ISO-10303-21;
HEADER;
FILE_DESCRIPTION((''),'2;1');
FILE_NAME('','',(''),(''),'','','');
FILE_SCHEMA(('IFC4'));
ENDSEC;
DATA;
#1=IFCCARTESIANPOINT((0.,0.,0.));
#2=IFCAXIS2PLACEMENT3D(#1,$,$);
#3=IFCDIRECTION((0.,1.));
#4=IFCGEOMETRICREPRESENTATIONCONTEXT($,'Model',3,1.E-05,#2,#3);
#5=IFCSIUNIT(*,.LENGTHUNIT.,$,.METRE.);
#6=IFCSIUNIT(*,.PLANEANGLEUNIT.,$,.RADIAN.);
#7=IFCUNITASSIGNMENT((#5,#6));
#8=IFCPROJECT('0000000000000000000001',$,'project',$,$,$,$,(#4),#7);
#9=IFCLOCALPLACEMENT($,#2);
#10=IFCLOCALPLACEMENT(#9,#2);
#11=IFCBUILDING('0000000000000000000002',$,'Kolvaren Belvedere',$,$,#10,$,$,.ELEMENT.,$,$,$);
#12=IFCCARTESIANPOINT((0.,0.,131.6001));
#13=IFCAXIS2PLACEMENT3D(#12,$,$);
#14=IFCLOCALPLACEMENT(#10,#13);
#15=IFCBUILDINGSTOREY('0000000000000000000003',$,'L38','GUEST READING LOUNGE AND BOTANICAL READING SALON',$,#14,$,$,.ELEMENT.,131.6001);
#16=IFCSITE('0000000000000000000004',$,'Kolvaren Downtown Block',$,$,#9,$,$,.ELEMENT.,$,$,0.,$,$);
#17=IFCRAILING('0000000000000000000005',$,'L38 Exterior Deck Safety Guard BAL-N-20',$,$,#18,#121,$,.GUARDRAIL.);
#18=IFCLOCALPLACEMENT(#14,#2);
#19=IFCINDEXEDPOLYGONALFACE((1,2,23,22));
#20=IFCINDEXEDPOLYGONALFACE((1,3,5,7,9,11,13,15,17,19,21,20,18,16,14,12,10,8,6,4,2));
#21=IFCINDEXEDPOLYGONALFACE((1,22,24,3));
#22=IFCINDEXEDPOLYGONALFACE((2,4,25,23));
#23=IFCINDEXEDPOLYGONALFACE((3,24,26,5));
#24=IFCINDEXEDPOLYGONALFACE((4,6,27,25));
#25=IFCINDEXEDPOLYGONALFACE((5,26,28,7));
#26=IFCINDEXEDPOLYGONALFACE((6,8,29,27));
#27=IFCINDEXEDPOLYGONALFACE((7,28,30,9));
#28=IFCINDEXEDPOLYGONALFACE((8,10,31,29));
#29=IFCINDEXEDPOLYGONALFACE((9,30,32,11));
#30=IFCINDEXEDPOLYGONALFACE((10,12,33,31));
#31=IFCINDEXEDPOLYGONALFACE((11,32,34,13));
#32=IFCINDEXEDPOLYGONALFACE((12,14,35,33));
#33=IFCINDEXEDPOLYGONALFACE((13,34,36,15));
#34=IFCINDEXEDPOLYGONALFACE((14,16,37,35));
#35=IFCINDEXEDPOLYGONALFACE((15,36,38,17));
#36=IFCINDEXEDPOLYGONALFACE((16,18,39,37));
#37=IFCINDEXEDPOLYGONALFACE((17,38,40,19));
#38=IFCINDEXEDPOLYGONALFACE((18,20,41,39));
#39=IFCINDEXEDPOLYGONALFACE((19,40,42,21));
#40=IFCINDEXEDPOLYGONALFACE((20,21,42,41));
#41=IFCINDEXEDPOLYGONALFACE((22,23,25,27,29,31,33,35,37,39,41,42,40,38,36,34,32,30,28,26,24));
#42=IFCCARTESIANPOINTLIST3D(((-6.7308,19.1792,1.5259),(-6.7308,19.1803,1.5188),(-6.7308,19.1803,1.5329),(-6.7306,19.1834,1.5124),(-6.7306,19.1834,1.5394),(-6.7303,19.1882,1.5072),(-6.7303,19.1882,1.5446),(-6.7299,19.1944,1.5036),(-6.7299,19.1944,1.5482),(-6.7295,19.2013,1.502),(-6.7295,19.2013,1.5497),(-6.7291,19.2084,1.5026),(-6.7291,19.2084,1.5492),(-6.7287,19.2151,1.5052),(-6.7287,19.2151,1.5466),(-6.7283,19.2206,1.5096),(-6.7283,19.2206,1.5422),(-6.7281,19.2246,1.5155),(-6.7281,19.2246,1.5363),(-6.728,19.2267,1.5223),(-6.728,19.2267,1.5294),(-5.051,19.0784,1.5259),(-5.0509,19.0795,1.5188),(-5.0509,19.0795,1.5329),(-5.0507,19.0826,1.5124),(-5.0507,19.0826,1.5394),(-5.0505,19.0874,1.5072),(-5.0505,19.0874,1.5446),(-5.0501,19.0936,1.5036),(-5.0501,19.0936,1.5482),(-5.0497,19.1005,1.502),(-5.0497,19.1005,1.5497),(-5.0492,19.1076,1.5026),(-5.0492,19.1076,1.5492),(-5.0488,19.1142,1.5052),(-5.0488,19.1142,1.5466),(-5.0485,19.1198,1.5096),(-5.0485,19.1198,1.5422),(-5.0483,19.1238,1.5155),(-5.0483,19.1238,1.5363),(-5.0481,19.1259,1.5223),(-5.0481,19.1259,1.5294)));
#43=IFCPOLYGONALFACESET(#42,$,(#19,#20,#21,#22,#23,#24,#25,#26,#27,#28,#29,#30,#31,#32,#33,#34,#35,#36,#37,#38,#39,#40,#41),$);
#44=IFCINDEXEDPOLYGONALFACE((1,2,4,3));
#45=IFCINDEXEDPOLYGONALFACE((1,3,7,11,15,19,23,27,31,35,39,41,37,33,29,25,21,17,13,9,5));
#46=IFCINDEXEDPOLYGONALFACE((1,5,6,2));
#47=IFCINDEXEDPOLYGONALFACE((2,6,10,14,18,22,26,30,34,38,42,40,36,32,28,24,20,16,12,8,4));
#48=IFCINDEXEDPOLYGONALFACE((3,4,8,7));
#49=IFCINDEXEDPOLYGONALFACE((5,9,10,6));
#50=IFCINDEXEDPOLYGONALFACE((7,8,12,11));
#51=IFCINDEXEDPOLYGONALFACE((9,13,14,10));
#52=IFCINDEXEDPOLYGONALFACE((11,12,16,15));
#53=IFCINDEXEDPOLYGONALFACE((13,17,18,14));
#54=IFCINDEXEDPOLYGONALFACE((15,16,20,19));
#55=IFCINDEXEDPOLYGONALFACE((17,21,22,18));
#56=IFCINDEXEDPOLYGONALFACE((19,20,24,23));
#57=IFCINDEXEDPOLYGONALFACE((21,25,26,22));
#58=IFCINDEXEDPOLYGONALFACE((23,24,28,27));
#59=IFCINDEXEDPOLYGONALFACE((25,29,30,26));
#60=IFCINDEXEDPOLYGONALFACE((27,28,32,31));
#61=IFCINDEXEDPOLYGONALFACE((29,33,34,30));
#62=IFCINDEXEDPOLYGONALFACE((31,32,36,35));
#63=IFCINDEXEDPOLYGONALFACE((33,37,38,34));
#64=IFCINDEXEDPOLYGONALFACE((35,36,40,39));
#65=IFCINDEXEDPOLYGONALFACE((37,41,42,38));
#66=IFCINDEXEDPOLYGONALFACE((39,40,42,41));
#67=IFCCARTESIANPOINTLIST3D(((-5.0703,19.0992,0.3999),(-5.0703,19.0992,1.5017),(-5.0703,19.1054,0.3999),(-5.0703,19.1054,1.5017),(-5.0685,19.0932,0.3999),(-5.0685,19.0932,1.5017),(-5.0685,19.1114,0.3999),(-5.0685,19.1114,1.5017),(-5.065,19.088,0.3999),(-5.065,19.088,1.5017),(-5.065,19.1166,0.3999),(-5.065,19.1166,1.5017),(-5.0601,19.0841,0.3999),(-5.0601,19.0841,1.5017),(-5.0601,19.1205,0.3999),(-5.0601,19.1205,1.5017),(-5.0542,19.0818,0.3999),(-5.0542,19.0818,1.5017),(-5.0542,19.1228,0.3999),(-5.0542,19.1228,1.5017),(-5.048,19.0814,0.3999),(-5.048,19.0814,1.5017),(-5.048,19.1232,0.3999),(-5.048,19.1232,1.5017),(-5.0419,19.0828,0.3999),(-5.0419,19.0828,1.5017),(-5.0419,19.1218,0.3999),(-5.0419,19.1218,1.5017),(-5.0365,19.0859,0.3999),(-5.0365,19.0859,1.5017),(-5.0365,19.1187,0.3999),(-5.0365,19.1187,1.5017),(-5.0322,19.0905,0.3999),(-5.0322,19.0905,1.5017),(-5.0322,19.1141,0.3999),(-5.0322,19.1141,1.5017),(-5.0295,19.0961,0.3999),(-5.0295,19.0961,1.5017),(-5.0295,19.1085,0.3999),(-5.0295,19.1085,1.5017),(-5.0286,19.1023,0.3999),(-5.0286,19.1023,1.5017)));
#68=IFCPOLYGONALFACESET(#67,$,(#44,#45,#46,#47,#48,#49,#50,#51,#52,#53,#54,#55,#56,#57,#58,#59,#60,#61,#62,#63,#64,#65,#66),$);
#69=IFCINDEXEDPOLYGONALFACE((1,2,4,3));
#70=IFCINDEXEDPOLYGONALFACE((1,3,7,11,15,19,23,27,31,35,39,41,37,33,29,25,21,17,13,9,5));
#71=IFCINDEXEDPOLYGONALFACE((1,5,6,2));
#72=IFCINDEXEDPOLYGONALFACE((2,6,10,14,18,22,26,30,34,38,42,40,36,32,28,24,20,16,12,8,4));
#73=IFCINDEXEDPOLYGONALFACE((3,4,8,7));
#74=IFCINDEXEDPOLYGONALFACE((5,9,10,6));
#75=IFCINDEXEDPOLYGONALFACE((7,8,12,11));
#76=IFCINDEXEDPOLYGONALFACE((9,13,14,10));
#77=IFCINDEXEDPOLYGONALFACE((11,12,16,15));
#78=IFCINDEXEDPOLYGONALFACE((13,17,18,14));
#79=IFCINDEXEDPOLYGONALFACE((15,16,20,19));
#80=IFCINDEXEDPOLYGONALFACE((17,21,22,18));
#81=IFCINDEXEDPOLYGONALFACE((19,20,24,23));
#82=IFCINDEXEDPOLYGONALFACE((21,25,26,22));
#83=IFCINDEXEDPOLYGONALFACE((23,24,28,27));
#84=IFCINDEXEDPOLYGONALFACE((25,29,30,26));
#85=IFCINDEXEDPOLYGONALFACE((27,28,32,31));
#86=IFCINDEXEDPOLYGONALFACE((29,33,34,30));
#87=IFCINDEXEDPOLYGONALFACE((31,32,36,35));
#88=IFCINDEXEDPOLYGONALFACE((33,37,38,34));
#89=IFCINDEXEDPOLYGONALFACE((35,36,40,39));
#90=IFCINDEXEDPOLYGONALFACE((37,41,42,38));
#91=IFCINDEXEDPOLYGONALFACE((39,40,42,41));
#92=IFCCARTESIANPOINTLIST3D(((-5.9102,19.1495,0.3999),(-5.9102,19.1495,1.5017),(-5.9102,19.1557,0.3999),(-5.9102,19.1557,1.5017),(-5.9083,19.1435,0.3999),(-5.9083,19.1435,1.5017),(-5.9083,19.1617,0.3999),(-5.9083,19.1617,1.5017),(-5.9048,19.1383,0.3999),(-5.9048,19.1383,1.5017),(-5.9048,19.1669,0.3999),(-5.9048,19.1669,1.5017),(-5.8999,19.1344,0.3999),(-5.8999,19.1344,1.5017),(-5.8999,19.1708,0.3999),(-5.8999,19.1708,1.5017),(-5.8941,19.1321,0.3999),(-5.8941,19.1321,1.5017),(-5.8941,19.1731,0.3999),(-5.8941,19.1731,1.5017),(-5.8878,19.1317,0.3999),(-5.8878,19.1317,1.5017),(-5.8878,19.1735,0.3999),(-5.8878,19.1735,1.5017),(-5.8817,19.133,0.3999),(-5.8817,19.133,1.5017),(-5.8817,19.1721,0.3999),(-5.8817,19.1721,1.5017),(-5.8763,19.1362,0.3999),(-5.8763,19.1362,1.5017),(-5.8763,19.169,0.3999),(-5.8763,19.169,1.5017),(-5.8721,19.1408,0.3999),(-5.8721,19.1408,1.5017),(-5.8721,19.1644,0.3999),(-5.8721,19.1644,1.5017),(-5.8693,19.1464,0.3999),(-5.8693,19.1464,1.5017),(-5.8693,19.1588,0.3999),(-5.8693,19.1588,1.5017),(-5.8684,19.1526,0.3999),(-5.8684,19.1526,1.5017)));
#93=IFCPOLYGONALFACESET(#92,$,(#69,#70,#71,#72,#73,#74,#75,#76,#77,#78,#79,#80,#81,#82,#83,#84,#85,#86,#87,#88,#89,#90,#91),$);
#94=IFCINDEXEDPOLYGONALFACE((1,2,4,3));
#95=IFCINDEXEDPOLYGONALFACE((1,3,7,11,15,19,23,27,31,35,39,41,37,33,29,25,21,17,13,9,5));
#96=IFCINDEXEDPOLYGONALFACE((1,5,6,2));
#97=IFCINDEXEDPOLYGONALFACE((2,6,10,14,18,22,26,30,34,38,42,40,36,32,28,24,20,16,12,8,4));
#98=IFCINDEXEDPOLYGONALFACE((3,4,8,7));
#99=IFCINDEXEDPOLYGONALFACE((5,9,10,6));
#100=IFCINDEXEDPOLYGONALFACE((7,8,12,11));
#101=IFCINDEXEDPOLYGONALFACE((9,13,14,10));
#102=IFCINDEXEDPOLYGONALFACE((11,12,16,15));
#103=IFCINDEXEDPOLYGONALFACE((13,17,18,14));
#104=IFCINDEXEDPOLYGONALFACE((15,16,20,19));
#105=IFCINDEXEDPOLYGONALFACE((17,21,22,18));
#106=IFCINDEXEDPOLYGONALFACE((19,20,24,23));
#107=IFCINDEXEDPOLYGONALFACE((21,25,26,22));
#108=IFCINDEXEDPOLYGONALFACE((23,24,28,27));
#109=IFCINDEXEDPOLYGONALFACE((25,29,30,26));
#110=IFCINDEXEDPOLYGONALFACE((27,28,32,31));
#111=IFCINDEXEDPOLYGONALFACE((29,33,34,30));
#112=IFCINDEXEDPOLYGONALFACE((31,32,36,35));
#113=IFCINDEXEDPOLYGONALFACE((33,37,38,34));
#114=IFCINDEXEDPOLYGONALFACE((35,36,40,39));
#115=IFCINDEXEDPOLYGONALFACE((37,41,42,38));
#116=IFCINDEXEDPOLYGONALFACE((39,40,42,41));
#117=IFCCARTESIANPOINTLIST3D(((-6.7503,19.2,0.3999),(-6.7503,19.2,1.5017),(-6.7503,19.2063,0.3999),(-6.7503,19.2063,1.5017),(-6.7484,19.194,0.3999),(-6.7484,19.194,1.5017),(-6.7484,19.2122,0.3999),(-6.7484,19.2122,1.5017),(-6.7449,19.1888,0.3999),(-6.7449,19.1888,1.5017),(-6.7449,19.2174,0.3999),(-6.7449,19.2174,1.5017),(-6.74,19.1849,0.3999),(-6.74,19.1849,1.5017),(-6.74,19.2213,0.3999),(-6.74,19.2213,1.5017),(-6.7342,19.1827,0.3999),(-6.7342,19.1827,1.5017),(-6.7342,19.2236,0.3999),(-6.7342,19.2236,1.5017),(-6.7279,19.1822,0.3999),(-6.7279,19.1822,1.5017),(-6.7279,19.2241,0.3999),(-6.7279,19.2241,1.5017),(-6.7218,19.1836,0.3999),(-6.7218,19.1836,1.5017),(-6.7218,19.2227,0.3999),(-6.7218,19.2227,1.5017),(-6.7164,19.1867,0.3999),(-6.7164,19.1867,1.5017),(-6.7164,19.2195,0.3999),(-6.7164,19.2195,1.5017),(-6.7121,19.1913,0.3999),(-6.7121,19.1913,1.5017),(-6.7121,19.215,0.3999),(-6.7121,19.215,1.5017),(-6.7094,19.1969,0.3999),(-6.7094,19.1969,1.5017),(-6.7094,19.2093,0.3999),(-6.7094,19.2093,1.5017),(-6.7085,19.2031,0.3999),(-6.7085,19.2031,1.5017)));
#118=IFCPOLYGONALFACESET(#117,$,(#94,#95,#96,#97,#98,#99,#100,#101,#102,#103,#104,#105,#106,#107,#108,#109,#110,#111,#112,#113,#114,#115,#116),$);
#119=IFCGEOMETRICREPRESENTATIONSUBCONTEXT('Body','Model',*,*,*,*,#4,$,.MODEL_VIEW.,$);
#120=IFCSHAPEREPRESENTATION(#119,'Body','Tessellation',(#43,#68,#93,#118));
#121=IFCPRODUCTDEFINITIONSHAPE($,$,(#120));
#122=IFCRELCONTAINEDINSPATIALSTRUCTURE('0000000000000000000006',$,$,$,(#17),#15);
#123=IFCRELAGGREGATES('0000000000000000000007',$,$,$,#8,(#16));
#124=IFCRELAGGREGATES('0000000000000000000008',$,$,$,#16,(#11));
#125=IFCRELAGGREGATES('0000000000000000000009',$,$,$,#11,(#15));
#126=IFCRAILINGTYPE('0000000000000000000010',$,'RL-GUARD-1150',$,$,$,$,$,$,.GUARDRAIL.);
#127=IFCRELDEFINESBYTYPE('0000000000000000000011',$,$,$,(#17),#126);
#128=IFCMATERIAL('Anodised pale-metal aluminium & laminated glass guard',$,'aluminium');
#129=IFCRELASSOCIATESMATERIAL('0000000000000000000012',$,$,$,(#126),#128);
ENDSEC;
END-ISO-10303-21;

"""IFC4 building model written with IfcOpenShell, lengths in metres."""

from ifc_helpers import new_model, si_unit, direction, frame, origin, origin_2d, place, context, subcontext, project, spatial, circle, extrude, material, type_object, element, save


model = new_model("IFC4")

# Units and contexts
model_context = context("Model", 3, precision=1e-05, world=origin(), true_north=direction((0.0, 1.0)))
body_context = subcontext(model_context, "Body", "Model", "MODEL_VIEW")
ifc_project = project(units=[si_unit("LENGTHUNIT", "METRE"), si_unit("PLANEANGLEUNIT", "RADIAN")], contexts=[model_context])

# Site, building, storey
site_placement = place(None, origin())
site = spatial("IfcSite", under=ifc_project, at=site_placement, Name="Kolvaren Downtown Block", CompositionType="ELEMENT", RefElevation=0.0)
building_placement = place(site_placement, origin())
building = spatial("IfcBuilding", under=site, at=building_placement, Name="Kolvaren Belvedere", CompositionType="ELEMENT")
storey_placement = place(building_placement, frame((0.0, 0.0, 131.6001)))
storey = spatial("IfcBuildingStorey", under=building, at=storey_placement, Name="L38", Description="GUEST READING LOUNGE AND BOTANICAL READING SALON", CompositionType="ELEMENT", Elevation=131.6001)

# Railing
ifc_material_1 = material(Name="Anodised pale-metal aluminium & laminated glass guard", Category="aluminium")
railing_type = type_object("IfcRailingType", Name="RL-GUARD-1150", PredefinedType="GUARDRAIL", material=ifc_material_1)
railing_1_placement = place(storey_placement, frame((-5.0496, 19.1023, 0.3999)))
element("IfcRailing", 1, at=railing_1_placement, inside=storey, type_object=railing_type, Name="L38 Exterior Deck Safety Guard BAL-N-20", PredefinedType="GUARDRAIL", context=body_context, shape_type="SweptSolid", body=[
    extrude(circle(Radius=0.0239, at=origin_2d()), frame((0.0, 0.0, 1.126), z_axis=(-0.998204, 0.059913, 0.0), x_axis=(-0.059913, -0.998204, 0.0)), (0.0, 0.0, 1.0), 1.6829),
    extrude(circle(Radius=0.021, at=origin_2d()), origin(), (0.0, 0.0, 1.0), 1.1018),
    extrude(circle(Radius=0.021, at=origin_2d()), frame((-0.8398, 0.0503, 0.0)), (0.0, 0.0, 1.0), 1.1018),
    extrude(circle(Radius=0.021, at=origin_2d()), frame((-1.6799, 0.1008, 0.0)), (0.0, 0.0, 1.0), 1.1018),
])

save(model, "model.ifc")
